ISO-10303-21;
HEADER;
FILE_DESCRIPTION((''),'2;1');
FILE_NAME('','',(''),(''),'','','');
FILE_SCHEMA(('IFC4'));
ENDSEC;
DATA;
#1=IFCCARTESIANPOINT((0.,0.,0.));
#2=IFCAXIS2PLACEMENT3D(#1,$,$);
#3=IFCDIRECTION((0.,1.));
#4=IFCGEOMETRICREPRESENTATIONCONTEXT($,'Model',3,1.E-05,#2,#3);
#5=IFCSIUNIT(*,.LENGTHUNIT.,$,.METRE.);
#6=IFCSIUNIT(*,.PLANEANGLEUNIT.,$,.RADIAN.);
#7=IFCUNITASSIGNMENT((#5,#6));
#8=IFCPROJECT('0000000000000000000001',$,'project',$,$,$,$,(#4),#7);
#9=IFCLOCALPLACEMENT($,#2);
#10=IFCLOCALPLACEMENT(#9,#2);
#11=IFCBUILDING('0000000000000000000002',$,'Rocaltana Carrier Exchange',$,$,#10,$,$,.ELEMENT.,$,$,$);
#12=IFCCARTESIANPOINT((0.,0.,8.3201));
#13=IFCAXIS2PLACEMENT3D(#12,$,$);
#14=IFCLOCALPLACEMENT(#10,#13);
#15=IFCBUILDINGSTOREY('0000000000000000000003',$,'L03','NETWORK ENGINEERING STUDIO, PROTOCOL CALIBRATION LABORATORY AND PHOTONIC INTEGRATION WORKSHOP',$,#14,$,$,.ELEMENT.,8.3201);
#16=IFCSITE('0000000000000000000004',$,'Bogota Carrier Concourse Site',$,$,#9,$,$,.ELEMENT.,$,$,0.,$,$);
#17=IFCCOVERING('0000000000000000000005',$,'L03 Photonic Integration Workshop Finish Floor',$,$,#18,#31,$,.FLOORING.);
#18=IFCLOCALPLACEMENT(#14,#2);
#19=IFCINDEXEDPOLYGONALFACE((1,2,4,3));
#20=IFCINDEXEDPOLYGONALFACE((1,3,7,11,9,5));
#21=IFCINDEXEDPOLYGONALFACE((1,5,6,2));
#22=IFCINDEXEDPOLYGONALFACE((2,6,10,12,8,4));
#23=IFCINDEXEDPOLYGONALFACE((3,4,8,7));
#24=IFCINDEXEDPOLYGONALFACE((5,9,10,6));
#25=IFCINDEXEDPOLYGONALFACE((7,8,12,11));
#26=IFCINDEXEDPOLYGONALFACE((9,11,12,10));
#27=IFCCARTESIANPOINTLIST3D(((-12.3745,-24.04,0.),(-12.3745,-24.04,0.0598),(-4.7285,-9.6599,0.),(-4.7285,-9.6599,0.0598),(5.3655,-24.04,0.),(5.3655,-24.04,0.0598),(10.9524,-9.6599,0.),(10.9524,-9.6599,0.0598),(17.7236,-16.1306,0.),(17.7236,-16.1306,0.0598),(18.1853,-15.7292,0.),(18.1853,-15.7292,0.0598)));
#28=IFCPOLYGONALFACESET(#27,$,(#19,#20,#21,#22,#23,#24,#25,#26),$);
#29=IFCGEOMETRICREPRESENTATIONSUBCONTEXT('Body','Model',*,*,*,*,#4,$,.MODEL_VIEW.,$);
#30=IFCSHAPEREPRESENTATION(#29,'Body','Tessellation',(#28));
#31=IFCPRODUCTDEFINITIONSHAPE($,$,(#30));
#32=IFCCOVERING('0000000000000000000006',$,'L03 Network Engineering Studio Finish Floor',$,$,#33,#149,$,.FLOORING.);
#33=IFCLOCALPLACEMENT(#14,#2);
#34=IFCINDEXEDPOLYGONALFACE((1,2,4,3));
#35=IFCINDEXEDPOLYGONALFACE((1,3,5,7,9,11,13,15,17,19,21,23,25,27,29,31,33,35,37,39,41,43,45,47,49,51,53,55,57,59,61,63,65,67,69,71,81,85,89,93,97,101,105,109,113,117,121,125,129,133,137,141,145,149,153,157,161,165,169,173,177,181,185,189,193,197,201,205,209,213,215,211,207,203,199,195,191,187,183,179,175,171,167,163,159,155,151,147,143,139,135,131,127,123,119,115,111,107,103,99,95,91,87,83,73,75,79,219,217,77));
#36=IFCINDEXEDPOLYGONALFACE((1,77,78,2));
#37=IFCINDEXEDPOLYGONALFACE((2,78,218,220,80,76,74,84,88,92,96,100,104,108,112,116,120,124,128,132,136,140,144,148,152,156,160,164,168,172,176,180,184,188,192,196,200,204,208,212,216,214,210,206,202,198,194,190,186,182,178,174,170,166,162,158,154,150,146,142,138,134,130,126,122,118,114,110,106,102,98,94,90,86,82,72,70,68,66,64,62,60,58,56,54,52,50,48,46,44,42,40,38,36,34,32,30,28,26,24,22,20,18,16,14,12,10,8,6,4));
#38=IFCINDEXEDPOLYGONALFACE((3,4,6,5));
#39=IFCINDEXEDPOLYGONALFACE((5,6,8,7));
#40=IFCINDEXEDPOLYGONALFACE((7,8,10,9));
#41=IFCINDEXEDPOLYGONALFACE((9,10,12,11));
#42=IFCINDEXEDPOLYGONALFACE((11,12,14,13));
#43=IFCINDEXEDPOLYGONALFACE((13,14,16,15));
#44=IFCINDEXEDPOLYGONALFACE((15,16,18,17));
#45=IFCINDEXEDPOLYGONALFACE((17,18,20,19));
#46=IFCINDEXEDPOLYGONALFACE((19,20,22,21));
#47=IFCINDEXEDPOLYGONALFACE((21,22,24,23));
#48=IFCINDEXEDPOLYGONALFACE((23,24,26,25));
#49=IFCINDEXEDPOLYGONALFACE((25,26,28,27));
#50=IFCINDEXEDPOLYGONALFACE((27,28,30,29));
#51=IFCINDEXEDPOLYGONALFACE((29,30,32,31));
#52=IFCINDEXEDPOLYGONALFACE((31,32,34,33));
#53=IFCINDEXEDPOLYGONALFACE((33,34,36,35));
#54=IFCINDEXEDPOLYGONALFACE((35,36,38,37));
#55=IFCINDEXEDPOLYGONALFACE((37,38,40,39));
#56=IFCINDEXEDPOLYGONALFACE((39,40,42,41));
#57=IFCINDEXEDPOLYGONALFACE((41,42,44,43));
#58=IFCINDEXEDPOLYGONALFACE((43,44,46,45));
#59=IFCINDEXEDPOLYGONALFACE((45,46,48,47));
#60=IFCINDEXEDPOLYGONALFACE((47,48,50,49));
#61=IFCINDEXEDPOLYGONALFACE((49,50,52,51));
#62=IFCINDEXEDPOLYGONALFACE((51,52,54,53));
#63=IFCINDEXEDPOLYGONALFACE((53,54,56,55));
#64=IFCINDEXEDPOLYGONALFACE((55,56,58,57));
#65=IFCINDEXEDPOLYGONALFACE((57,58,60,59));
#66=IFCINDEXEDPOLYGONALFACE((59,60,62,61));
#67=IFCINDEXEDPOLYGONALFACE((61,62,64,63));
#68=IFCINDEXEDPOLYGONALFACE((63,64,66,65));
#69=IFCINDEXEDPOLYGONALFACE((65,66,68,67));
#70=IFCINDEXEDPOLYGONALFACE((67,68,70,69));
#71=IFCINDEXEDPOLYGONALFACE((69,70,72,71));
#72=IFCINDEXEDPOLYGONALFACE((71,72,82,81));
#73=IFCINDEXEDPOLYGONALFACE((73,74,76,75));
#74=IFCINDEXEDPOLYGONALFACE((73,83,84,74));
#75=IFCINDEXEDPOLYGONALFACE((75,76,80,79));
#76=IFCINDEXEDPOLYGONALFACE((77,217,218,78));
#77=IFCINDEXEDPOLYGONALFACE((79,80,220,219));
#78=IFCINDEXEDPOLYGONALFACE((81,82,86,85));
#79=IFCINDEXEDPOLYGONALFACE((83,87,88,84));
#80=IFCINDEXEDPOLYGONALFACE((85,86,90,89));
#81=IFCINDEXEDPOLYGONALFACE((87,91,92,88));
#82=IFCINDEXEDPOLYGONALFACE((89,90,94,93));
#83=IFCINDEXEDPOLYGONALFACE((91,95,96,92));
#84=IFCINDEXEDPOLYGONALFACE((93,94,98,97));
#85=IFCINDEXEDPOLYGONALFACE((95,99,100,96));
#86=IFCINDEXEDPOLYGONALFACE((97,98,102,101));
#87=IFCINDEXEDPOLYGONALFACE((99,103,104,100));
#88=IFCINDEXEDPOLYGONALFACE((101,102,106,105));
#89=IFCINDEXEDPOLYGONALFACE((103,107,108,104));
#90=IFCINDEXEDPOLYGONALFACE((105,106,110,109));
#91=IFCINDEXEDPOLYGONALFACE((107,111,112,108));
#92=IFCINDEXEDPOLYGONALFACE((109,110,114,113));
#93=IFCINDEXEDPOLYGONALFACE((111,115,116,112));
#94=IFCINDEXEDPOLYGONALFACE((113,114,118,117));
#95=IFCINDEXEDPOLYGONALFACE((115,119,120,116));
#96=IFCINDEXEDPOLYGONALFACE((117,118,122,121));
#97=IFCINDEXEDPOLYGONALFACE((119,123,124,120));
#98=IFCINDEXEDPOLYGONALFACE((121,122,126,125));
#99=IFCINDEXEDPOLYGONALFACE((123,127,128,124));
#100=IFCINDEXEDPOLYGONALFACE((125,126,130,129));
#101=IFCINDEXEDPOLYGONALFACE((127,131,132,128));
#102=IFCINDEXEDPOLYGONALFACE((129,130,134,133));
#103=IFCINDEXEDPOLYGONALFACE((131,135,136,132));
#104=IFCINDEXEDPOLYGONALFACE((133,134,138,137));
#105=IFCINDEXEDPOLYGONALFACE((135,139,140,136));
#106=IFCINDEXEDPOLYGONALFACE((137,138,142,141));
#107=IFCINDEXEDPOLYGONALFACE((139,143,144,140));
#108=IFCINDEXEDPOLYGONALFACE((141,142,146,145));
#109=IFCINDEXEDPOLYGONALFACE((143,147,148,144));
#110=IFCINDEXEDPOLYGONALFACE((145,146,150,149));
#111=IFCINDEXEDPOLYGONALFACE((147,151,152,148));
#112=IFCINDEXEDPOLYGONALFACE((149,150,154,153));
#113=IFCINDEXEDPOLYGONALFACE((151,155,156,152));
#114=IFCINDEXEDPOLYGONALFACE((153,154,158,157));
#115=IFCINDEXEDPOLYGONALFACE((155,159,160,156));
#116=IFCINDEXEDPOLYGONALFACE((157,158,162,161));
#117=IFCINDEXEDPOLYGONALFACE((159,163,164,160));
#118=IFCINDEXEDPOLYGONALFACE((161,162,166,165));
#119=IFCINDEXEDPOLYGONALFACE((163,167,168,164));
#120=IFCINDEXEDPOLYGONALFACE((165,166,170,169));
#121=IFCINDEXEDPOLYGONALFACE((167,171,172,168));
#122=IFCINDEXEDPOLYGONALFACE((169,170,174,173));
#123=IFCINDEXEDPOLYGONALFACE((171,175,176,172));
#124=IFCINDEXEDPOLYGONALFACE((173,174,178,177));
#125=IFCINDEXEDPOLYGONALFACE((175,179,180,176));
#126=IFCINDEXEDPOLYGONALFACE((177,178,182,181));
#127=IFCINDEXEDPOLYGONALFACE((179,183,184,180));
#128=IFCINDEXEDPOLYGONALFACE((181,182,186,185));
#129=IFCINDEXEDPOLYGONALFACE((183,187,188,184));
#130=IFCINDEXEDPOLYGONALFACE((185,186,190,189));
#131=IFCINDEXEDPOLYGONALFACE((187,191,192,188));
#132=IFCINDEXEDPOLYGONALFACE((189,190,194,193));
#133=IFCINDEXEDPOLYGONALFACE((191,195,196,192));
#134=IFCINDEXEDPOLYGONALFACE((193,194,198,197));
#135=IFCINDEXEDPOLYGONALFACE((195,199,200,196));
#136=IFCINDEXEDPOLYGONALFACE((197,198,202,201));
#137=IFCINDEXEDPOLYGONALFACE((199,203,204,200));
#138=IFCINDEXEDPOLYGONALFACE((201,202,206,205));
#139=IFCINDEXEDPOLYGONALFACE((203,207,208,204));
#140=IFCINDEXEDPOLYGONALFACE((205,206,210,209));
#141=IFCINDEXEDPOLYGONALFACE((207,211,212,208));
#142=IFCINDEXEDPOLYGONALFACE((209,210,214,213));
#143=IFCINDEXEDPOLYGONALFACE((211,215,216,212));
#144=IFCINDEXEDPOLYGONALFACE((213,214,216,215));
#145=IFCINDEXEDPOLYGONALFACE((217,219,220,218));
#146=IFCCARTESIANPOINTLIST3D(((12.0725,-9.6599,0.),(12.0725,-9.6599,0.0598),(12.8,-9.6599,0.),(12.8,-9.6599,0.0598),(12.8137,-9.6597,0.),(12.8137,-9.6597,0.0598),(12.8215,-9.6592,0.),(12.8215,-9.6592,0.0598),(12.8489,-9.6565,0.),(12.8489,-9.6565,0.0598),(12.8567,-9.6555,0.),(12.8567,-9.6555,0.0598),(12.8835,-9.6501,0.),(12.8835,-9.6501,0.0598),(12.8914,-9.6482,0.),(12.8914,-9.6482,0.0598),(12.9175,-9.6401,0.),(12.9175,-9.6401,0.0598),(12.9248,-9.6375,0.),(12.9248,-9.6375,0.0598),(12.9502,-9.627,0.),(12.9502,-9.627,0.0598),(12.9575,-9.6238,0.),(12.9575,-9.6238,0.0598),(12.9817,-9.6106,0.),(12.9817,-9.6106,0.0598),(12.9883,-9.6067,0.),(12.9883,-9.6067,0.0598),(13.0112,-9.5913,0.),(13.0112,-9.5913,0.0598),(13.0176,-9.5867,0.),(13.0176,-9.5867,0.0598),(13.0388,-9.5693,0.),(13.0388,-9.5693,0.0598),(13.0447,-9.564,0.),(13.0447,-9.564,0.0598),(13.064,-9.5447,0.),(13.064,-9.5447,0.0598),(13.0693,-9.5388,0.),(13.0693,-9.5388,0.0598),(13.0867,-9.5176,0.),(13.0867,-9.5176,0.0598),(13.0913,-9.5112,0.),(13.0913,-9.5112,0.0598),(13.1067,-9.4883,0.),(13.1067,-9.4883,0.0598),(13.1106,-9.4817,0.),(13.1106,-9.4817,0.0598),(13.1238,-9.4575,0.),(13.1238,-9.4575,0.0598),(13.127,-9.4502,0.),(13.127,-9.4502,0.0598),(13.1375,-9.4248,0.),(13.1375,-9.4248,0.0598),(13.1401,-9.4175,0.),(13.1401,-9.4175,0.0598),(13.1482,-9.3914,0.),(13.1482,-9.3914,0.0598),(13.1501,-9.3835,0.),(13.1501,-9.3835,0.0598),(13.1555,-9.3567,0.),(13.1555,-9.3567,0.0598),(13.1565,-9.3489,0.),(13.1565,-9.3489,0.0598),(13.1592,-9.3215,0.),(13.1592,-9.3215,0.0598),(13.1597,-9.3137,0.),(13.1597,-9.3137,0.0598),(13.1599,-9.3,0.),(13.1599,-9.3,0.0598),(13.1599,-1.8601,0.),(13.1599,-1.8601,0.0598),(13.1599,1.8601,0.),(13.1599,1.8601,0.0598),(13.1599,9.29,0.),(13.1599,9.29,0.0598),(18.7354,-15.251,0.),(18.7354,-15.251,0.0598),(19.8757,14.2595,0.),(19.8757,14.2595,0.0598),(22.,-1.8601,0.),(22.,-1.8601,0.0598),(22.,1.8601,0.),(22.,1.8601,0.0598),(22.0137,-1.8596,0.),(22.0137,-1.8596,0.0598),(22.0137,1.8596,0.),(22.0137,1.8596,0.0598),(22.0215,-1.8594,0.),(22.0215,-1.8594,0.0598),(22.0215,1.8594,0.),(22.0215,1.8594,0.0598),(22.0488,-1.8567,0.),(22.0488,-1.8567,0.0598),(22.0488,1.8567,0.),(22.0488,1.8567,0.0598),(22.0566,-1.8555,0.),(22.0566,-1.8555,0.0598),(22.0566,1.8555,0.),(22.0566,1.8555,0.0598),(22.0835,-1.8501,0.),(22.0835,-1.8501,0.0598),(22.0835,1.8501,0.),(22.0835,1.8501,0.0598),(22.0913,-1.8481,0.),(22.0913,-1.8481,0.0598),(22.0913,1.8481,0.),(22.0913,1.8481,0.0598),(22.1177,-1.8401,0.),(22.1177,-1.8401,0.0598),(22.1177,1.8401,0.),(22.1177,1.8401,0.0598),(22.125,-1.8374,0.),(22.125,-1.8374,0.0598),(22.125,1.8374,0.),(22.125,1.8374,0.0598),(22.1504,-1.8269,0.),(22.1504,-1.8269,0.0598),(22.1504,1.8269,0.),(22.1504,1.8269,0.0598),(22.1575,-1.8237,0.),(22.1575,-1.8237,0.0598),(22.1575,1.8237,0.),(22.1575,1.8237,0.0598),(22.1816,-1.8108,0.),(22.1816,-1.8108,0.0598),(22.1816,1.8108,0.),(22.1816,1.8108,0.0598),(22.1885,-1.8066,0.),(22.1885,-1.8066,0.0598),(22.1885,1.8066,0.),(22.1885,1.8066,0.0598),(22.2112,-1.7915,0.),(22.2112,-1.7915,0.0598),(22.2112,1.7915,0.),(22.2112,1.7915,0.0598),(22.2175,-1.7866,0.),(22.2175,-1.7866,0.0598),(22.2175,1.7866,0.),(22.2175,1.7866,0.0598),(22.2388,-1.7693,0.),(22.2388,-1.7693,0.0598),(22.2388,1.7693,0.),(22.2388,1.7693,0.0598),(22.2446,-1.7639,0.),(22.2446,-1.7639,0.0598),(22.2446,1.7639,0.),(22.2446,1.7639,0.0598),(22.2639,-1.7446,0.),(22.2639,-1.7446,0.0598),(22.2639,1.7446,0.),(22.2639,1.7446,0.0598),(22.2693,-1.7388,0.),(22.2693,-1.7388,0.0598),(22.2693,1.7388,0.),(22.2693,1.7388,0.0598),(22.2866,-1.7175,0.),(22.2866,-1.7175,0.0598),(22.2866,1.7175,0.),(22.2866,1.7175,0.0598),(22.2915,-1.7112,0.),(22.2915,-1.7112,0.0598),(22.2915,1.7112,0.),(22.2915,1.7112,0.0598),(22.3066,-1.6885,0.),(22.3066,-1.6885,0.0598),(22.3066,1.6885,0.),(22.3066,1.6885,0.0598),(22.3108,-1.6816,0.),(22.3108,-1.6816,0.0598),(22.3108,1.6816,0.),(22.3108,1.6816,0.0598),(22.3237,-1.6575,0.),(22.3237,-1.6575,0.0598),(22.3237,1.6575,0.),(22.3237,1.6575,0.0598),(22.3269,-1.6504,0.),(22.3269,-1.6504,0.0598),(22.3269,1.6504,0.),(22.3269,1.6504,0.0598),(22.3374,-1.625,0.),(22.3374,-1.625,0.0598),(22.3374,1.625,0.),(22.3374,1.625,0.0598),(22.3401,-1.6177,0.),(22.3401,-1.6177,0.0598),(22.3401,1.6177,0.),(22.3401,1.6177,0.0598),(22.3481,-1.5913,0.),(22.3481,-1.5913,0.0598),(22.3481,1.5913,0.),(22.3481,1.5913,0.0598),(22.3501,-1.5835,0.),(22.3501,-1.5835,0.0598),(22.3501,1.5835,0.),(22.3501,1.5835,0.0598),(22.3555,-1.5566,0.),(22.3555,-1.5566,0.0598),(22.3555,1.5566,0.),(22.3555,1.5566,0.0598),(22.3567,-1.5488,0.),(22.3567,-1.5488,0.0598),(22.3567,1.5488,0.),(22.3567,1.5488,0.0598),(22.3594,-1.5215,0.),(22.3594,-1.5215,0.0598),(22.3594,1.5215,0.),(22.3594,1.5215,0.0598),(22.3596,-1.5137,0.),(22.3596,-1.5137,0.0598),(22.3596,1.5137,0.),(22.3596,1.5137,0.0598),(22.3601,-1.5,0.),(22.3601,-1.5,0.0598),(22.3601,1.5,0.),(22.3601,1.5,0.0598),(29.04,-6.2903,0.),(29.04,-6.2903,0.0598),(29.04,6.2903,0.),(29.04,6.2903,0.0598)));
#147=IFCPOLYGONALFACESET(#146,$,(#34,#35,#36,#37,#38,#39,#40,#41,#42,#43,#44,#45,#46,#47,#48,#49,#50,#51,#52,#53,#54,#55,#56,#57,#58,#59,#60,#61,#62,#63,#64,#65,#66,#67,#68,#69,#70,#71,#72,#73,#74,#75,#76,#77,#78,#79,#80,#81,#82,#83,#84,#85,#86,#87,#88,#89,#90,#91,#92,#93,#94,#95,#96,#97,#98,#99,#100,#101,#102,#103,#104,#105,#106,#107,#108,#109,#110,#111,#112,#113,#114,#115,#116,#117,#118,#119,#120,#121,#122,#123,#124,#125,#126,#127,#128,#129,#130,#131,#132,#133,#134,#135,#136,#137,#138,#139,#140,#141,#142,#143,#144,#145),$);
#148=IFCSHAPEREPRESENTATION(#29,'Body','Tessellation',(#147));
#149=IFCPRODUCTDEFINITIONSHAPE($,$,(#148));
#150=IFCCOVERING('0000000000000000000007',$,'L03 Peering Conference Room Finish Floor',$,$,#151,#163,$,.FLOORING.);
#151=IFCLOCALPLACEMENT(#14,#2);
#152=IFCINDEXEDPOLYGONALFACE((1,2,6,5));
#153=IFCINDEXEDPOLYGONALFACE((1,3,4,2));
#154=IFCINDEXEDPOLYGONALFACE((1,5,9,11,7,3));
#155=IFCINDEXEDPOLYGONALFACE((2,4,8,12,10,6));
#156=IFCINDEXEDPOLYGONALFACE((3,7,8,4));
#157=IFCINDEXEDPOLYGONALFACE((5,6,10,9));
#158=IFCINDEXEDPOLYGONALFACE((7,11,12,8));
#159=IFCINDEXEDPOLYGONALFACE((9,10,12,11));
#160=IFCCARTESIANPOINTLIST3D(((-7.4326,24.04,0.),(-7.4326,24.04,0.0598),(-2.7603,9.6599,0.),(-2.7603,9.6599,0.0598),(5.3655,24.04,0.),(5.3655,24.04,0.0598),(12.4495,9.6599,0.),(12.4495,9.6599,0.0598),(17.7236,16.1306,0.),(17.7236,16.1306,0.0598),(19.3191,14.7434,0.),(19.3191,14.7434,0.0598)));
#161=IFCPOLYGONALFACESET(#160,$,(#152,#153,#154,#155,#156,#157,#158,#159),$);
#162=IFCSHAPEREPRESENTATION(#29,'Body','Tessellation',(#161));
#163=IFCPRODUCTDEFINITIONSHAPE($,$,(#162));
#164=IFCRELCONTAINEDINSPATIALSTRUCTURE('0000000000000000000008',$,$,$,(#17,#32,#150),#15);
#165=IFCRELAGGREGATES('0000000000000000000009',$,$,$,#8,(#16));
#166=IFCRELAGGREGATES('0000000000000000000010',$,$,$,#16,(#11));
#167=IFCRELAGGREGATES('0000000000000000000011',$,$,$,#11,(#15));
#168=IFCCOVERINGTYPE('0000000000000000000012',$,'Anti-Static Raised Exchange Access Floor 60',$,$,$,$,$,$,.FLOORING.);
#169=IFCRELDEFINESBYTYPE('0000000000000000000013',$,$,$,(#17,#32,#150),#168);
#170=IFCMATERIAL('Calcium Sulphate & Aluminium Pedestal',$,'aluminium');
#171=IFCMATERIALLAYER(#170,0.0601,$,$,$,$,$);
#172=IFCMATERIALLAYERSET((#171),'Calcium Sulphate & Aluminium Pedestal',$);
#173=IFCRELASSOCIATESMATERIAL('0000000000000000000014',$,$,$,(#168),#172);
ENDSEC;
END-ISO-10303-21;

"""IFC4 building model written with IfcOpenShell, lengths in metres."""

from ifc_helpers import new_model, si_unit, direction, frame, origin, place, context, subcontext, project, spatial, polyline, outline, extrude, material, layer, layer_set, type_object, element, save


model = new_model("IFC4")

# Units and contexts
model_context = context("Model", 3, precision=1e-05, world=origin(), true_north=direction((0.0, 1.0)))
body_context = subcontext(model_context, "Body", "Model", "MODEL_VIEW")
ifc_project = project(units=[si_unit("LENGTHUNIT", "METRE"), si_unit("PLANEANGLEUNIT", "RADIAN")], contexts=[model_context])

# Site, building, storey
site_placement = place(None, origin())
site = spatial("IfcSite", under=ifc_project, at=site_placement, Name="Bogota Carrier Concourse Site", CompositionType="ELEMENT", RefElevation=0.0)
building_placement = place(site_placement, origin())
building = spatial("IfcBuilding", under=site, at=building_placement, Name="Rocaltana Carrier Exchange", CompositionType="ELEMENT")
storey_placement = place(building_placement, frame((0.0, 0.0, 8.3201)))
storey = spatial("IfcBuildingStorey", under=building, at=storey_placement, Name="L03", Description="NETWORK ENGINEERING STUDIO, PROTOCOL CALIBRATION LABORATORY AND PHOTONIC INTEGRATION WORKSHOP", CompositionType="ELEMENT", Elevation=8.3201)

# Coverings
ifc_material_1 = material(Name="Calcium Sulphate & Aluminium Pedestal", Category="aluminium")
ifc_layer_1 = layer(ifc_material_1, 0.0601)
ifc_layer_set_1 = layer_set([ifc_layer_1], Name="Calcium Sulphate & Aluminium Pedestal")
covering_type_1 = type_object("IfcCoveringType", Name="Anti-Static Raised Exchange Access Floor 60", PredefinedType="FLOORING", material=ifc_layer_set_1)
covering_1_placement = place(storey_placement, origin())
element("IfcCovering", 1, at=covering_1_placement, inside=storey, type_object=covering_type_1, Name="L03 Photonic Integration Workshop Finish Floor", PredefinedType="FLOORING", context=body_context, shape_type="SweptSolid", body=[
    extrude(outline(polyline([(17.7236, -16.1306), (5.3655, -24.04), (-12.3745, -24.04), (-4.7285, -9.6599), (10.9524, -9.6599), (18.1853, -15.7292), (17.7236, -16.1306)])), origin(), (0.0, 0.0, 1.0), 0.0598),
])
covering_2_placement = place(storey_placement, origin())
element("IfcCovering", 2, at=covering_2_placement, inside=storey, type_object=covering_type_1, Name="L03 Network Engineering Studio Finish Floor", PredefinedType="FLOORING", context=body_context, shape_type="SweptSolid", body=[
    extrude(outline(polyline([(13.1599, 9.29), (19.8757, 14.2595), (29.04, 6.2903), (29.04, -6.2903), (18.7354, -15.251), (12.0725, -9.6599), (12.8, -9.6599), (12.8137, -9.6597), (12.8215, -9.6592), (12.8489, -9.6565), (12.8567, -9.6555), (12.8835, -9.6501), (12.8914, -9.6482), (12.9175, -9.6401), (12.9248, -9.6375), (12.9502, -9.627), (12.9575, -9.6238), (12.9817, -9.6106), (12.9883, -9.6067), (13.0112, -9.5913), (13.0176, -9.5867), (13.0388, -9.5693), (13.0447, -9.564), (13.064, -9.5447), (13.0693, -9.5388), (13.0867, -9.5176), (13.0913, -9.5112), (13.1067, -9.4883), (13.1106, -9.4817), (13.1238, -9.4575), (13.127, -9.4502), (13.1375, -9.4248), (13.1401, -9.4175), (13.1482, -9.3914), (13.1501, -9.3835), (13.1555, -9.3567), (13.1565, -9.3489), (13.1592, -9.3215), (13.1597, -9.3137), (13.1599, -9.3), (13.1599, -1.8601), (22.0, -1.8601), (22.0137, -1.8596), (22.0215, -1.8594), (22.0488, -1.8567), (22.0566, -1.8555), (22.0835, -1.8501), (22.0913, -1.8481), (22.1177, -1.8401), (22.125, -1.8374), (22.1504, -1.8269), (22.1575, -1.8237), (22.1816, -1.8108), (22.1885, -1.8066), (22.2112, -1.7915), (22.2175, -1.7866), (22.2388, -1.7693), (22.2446, -1.7639), (22.2639, -1.7446), (22.2693, -1.7388), (22.2866, -1.7175), (22.2915, -1.7112), (22.3066, -1.6885), (22.3108, -1.6816), (22.3237, -1.6575), (22.3269, -1.6504), (22.3374, -1.625), (22.3401, -1.6177), (22.3481, -1.5913), (22.3501, -1.5835), (22.3555, -1.5566), (22.3567, -1.5488), (22.3594, -1.5215), (22.3596, -1.5137), (22.3601, -1.5), (22.3601, 1.5), (22.3596, 1.5137), (22.3594, 1.5215), (22.3567, 1.5488), (22.3555, 1.5566), (22.3501, 1.5835), (22.3481, 1.5913), (22.3401, 1.6177), (22.3374, 1.625), (22.3269, 1.6504), (22.3237, 1.6575), (22.3108, 1.6816), (22.3066, 1.6885), (22.2915, 1.7112), (22.2866, 1.7175), (22.2693, 1.7388), (22.2639, 1.7446), (22.2446, 1.7639), (22.2388, 1.7693), (22.2175, 1.7866), (22.2112, 1.7915), (22.1885, 1.8066), (22.1816, 1.8108), (22.1575, 1.8237), (22.1504, 1.8269), (22.125, 1.8374), (22.1177, 1.8401), (22.0913, 1.8481), (22.0835, 1.8501), (22.0566, 1.8555), (22.0488, 1.8567), (22.0215, 1.8594), (22.0137, 1.8596), (22.0, 1.8601), (13.1599, 1.8601), (13.1599, 9.29)])), origin(), (0.0, 0.0, 1.0), 0.0598),
])
covering_3_placement = place(storey_placement, origin())
element("IfcCovering", 3, at=covering_3_placement, inside=storey, type_object=covering_type_1, Name="L03 Peering Conference Room Finish Floor", PredefinedType="FLOORING", context=body_context, shape_type="SweptSolid", body=[
    extrude(outline(polyline([(5.3655, 24.04), (17.7236, 16.1306), (19.3191, 14.7434), (12.4495, 9.6599), (-2.7603, 9.6599), (-7.4326, 24.04), (5.3655, 24.04)])), origin(), (0.0, 0.0, 1.0), 0.0598),
])

save(model, "model.ifc")
